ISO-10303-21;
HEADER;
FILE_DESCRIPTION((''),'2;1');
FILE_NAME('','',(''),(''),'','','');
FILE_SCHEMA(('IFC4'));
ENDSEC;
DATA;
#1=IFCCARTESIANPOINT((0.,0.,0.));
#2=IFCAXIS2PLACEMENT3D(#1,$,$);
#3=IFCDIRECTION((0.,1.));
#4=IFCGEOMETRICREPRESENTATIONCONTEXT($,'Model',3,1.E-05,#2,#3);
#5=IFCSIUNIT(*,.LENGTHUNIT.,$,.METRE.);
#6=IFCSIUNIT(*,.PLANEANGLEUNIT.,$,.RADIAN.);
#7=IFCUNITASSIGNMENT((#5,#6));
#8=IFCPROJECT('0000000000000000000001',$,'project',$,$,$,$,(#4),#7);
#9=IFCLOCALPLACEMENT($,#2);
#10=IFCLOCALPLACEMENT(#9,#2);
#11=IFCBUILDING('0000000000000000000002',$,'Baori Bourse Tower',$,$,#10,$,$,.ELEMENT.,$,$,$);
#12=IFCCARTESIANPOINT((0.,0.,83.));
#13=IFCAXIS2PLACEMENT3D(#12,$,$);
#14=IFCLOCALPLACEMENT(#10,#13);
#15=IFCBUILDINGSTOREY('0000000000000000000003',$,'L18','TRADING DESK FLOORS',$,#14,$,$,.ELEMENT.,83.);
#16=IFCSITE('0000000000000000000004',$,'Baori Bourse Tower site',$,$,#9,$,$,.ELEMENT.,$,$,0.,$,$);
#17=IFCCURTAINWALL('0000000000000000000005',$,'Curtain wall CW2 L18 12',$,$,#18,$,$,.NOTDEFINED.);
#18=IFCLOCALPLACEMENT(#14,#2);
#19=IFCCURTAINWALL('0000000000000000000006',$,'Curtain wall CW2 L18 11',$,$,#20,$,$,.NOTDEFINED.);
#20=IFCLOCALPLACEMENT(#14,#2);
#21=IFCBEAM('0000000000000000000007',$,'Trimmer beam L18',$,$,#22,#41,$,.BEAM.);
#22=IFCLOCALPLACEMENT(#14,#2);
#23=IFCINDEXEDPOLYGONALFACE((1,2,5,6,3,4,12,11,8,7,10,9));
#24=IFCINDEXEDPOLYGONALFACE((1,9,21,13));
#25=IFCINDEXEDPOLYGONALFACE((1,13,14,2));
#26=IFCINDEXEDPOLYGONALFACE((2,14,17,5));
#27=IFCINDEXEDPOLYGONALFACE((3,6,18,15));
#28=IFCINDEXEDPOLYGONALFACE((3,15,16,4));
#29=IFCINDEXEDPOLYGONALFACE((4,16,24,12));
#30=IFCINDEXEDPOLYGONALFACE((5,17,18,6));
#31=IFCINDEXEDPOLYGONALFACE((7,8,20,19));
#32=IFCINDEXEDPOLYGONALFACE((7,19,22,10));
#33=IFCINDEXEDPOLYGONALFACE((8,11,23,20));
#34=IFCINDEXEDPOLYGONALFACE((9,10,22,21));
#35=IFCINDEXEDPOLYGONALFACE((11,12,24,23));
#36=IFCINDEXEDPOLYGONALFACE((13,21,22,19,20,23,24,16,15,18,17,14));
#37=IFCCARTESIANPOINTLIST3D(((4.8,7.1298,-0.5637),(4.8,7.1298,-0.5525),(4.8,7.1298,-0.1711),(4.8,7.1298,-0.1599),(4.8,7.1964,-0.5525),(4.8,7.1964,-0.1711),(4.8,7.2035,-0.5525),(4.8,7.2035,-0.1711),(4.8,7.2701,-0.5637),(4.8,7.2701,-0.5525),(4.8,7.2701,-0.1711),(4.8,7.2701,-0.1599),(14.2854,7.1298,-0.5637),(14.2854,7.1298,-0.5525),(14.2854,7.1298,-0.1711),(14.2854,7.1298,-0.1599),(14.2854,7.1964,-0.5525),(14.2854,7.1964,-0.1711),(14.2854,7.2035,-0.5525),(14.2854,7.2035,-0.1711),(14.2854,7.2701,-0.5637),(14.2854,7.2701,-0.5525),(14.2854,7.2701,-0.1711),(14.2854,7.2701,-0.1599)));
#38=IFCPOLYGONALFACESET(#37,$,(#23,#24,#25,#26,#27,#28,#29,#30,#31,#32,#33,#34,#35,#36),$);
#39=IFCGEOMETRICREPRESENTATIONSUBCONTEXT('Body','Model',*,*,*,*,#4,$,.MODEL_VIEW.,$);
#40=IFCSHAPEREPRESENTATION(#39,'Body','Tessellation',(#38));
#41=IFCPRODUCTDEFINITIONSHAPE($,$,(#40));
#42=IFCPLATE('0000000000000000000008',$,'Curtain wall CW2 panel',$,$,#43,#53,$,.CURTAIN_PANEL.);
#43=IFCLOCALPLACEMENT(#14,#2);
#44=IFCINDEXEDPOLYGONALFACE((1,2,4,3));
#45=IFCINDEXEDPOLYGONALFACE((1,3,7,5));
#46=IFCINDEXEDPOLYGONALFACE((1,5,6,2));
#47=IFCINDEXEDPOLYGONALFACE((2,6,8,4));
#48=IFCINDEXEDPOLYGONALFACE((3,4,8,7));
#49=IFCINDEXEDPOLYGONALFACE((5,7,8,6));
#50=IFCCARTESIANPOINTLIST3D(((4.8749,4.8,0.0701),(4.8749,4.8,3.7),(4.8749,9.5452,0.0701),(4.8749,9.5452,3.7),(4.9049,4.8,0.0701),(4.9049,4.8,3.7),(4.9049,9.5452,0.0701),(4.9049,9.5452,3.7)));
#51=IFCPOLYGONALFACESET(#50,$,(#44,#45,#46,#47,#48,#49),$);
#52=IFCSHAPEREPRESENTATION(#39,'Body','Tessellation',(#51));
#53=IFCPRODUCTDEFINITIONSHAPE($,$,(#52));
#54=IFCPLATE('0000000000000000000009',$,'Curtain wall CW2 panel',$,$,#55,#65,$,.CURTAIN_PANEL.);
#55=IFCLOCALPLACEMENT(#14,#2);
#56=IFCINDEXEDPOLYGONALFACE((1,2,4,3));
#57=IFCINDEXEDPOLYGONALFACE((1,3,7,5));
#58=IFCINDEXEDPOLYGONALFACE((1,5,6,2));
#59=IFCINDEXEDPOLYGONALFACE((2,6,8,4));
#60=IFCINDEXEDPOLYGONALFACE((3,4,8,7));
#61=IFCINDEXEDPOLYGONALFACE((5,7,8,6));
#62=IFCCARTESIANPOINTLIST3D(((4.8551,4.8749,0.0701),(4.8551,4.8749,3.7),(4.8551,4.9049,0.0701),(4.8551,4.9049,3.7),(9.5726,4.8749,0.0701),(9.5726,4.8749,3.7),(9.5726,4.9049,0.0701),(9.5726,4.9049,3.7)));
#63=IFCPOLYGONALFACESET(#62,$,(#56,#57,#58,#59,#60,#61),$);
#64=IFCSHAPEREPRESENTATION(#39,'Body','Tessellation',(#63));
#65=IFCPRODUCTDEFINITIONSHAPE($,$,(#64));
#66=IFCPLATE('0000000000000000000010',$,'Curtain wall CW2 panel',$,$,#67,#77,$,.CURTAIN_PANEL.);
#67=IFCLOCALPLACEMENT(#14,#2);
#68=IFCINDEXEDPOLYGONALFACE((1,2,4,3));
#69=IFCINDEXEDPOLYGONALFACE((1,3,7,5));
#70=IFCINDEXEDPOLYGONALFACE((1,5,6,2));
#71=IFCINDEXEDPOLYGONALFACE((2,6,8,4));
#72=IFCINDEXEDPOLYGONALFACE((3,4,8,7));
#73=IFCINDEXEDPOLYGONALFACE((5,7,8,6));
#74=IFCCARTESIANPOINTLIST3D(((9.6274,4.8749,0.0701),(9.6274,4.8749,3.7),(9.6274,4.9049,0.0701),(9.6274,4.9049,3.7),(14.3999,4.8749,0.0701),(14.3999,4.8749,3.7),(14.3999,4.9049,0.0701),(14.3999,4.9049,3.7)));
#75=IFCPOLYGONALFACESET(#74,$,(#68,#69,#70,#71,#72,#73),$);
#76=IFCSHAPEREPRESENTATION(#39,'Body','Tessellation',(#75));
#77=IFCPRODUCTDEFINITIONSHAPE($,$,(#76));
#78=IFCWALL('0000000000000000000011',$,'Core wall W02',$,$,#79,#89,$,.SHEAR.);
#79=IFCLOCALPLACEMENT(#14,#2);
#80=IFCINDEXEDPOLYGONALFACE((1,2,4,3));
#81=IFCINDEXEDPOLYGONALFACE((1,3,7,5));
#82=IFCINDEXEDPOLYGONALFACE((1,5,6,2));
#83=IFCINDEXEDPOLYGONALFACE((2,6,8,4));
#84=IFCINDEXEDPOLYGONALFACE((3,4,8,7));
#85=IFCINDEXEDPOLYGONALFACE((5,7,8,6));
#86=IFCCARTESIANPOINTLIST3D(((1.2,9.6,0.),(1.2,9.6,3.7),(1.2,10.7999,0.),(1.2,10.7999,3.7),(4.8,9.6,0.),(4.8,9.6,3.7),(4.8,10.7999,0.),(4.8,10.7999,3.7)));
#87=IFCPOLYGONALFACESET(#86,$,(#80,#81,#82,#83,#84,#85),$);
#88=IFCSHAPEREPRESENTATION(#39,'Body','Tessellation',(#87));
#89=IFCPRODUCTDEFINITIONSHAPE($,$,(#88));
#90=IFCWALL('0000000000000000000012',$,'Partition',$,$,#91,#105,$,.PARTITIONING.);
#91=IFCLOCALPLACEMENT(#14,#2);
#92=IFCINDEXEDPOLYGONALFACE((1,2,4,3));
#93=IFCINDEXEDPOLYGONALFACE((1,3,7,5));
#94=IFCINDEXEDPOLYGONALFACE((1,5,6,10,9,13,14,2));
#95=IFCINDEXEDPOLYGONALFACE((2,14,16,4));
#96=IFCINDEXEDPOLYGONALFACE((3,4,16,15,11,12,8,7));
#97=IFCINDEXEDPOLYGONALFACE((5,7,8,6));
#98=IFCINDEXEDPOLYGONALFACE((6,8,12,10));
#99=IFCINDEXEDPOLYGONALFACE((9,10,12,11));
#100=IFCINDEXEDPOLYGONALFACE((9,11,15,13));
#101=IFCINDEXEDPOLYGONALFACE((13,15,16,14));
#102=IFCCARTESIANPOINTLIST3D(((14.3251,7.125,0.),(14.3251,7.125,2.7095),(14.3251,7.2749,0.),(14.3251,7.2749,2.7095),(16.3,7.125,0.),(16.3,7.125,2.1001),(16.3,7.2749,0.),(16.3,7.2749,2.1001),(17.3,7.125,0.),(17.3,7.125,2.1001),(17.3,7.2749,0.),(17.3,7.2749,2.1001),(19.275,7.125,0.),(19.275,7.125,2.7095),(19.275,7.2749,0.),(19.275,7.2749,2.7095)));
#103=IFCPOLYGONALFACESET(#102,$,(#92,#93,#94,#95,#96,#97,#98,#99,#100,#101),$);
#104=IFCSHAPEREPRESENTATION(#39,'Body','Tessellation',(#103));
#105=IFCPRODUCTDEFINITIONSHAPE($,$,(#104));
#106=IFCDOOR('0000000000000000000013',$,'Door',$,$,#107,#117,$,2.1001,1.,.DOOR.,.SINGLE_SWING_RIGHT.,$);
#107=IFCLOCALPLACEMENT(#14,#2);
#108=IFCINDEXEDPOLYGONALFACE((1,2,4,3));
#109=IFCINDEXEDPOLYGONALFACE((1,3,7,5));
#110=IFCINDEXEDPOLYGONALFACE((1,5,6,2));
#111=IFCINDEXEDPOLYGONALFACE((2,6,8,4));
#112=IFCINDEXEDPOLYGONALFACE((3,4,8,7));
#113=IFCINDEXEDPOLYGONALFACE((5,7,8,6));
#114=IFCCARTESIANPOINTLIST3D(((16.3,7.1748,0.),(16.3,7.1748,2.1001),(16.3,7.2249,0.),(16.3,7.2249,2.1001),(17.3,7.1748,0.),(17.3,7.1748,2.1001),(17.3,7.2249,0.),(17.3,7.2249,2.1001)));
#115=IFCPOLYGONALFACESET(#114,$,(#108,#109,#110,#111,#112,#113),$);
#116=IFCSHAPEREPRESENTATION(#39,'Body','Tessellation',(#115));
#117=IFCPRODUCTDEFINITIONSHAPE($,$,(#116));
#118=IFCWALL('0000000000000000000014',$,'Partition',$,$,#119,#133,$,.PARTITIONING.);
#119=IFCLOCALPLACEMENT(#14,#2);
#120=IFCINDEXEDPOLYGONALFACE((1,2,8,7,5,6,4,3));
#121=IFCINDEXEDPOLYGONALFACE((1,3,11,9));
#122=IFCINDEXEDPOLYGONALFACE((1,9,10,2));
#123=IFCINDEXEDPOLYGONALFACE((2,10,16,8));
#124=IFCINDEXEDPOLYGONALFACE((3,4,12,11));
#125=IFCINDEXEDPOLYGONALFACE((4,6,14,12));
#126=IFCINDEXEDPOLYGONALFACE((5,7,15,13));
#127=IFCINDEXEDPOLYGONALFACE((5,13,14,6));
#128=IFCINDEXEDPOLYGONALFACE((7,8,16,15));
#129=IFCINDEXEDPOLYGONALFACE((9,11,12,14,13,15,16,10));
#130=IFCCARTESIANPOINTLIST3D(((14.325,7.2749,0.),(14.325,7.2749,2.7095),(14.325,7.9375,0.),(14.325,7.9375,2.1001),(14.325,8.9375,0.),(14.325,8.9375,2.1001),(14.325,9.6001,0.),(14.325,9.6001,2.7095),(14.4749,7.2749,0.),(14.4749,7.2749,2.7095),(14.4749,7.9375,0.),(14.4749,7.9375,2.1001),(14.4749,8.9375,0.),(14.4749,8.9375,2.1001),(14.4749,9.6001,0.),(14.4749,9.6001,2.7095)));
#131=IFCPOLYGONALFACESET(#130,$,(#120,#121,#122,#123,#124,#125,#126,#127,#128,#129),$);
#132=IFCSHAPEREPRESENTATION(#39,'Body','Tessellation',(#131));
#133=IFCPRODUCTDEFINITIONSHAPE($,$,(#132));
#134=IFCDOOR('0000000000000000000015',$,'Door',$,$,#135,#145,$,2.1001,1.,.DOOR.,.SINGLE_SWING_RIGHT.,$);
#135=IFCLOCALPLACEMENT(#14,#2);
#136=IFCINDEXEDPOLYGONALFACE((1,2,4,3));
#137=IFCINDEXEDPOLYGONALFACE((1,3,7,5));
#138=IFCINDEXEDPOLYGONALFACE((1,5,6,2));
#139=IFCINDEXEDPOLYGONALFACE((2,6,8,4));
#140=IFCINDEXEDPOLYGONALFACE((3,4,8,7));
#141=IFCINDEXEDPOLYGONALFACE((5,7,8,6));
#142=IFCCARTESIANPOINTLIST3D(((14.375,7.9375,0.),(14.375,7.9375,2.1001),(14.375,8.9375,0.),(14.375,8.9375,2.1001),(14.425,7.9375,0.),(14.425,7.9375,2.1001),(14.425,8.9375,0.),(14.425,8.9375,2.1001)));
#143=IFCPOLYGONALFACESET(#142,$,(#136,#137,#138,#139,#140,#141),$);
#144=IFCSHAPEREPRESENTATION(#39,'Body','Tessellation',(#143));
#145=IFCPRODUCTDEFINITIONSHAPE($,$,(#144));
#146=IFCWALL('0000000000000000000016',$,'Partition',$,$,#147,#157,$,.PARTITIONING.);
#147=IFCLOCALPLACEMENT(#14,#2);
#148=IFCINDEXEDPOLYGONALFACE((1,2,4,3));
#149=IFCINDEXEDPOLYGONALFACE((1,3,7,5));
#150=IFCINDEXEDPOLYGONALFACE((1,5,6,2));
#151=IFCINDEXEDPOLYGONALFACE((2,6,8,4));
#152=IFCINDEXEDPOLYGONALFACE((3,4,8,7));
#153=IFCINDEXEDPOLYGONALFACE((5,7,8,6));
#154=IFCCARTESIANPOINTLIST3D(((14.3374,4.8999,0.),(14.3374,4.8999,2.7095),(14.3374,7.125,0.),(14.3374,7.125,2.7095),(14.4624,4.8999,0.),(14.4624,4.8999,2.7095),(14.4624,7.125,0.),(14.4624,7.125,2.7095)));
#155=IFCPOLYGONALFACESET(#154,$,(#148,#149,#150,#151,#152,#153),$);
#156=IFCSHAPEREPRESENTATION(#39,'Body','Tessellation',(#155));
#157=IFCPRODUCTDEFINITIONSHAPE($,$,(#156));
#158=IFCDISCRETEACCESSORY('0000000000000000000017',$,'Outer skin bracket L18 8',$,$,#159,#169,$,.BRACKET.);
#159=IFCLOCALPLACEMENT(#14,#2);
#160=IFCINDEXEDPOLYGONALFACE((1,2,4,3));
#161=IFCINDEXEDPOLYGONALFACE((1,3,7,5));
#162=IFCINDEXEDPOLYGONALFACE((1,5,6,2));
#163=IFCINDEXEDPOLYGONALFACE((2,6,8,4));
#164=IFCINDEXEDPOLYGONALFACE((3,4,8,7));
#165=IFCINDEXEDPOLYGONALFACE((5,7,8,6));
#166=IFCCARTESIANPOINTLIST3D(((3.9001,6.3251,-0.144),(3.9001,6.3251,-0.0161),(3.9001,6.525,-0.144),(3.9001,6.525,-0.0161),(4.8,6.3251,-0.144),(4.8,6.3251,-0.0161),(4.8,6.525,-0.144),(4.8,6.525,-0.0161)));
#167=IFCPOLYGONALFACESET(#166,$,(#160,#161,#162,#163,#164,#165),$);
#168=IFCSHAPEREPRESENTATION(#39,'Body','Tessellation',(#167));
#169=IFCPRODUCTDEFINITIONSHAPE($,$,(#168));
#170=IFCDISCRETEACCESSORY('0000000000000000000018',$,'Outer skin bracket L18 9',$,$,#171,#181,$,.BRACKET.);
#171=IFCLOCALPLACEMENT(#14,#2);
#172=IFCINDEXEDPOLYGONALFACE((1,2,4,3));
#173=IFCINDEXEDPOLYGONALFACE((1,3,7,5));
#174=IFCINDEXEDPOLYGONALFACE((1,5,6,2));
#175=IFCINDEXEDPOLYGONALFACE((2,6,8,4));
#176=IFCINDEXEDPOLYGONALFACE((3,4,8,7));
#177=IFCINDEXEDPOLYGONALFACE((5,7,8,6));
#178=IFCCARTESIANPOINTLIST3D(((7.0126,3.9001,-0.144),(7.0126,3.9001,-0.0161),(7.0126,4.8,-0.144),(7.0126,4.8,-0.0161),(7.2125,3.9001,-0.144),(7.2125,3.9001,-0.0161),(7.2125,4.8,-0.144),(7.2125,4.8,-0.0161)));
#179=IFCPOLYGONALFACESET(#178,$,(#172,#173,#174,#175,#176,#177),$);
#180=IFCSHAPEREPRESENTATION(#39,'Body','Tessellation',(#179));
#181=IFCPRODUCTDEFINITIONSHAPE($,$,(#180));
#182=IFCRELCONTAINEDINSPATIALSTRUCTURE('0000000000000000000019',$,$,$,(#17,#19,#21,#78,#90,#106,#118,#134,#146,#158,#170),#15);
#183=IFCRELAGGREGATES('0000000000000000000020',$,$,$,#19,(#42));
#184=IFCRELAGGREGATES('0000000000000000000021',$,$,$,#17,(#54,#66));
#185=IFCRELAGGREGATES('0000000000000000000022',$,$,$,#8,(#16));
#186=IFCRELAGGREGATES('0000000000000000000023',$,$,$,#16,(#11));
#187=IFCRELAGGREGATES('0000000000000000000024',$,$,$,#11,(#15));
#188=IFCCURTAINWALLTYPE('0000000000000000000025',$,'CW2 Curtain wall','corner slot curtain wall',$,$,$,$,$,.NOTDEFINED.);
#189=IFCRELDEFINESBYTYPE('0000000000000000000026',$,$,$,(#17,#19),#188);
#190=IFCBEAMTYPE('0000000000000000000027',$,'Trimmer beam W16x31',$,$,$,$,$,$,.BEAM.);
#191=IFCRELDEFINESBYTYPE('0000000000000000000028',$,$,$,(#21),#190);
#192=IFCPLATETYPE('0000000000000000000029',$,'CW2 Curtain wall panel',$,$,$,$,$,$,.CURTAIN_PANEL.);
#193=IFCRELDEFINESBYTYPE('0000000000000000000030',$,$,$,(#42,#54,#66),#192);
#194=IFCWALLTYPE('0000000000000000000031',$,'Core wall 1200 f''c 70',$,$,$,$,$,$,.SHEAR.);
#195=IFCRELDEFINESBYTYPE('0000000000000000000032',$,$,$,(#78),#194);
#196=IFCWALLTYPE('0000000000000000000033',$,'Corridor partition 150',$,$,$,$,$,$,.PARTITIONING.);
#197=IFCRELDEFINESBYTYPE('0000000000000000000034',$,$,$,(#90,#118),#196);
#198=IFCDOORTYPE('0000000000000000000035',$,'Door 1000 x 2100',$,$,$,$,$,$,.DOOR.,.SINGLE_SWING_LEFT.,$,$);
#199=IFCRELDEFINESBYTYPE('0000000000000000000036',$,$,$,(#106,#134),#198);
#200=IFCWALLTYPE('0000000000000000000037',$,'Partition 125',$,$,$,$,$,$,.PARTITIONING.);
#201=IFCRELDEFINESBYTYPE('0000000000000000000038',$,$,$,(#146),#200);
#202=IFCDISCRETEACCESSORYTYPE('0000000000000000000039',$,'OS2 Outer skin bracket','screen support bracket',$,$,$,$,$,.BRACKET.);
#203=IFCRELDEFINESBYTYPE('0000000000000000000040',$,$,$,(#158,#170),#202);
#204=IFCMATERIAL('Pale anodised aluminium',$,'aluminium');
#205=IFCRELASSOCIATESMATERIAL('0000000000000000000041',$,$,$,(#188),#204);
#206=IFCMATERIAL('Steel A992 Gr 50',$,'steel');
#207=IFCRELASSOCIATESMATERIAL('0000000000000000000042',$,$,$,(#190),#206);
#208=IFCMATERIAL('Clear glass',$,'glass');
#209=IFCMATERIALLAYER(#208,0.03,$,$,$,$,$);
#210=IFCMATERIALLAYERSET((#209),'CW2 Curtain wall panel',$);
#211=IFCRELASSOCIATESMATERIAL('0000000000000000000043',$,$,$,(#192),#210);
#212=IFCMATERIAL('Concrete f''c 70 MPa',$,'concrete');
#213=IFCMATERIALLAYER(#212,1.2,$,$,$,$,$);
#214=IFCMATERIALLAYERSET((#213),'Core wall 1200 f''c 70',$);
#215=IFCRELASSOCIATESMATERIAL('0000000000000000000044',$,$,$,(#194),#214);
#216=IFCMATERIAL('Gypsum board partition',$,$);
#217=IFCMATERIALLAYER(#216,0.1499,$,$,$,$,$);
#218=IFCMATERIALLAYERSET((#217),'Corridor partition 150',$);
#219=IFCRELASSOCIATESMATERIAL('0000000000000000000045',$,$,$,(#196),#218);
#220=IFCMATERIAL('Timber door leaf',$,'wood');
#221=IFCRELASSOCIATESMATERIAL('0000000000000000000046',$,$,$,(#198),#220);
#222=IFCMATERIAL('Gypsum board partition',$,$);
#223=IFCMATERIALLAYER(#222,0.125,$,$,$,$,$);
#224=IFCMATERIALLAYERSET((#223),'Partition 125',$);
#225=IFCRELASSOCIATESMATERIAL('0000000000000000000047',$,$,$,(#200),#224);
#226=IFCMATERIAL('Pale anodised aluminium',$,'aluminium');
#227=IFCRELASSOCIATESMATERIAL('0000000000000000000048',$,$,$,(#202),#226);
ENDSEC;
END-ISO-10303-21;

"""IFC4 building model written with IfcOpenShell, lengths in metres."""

from ifc_helpers import new_model, si_unit, direction, frame, frame_2d, origin, origin_2d, place, context, subcontext, project, spatial, rectangle, i_section, extrude, material, layer, layer_set, material_profile, profile_set, type_object, element, fill, aggregate, save


model = new_model("IFC4")

# Units and contexts
model_context = context("Model", 3, precision=1e-05, world=origin(), true_north=direction((0.0, 1.0)))
body_context = subcontext(model_context, "Body", "Model", "MODEL_VIEW")
ifc_project = project(units=[si_unit("LENGTHUNIT", "METRE"), si_unit("PLANEANGLEUNIT", "RADIAN")], contexts=[model_context])

# Site, building, storey
site_placement = place(None, origin())
site = spatial("IfcSite", under=ifc_project, at=site_placement, Name="Baori Bourse Tower site", CompositionType="ELEMENT", RefElevation=0.0)
building_placement = place(site_placement, origin())
building = spatial("IfcBuilding", under=site, at=building_placement, Name="Baori Bourse Tower", CompositionType="ELEMENT")
storey_placement = place(building_placement, frame((0.0, 0.0, 83.0)))
storey = spatial("IfcBuildingStorey", under=building, at=storey_placement, Name="L18", Description="TRADING DESK FLOORS", CompositionType="ELEMENT", Elevation=83.0)

# Curtain wall
ifc_material_1 = material(Name="Pale anodised aluminium", Category="aluminium")
curtain_wall_type = type_object("IfcCurtainWallType", Name="CW2 Curtain wall", Description="corner slot curtain wall", PredefinedType="NOTDEFINED", material=ifc_material_1)
curtain_wall_1_placement = place(storey_placement, origin())
curtain_wall_1 = element("IfcCurtainWall", 1, at=curtain_wall_1_placement, inside=storey, type_object=curtain_wall_type, Name="Curtain wall CW2 L18 12", PredefinedType="NOTDEFINED")

# Curtain wall
curtain_wall_2_placement = place(storey_placement, origin())
curtain_wall_2 = element("IfcCurtainWall", 2, at=curtain_wall_2_placement, inside=storey, type_object=curtain_wall_type, Name="Curtain wall CW2 L18 11", PredefinedType="NOTDEFINED")

# Beam
ifc_material_2 = material(Name="Steel A992 Gr 50", Category="steel")
ifc_material_profile_1 = material_profile(ifc_material_2, i_section(OverallWidth=0.1404, OverallDepth=0.4038, WebThickness=0.0071, FlangeThickness=0.0112, at=origin_2d()), Name="W16x31")
ifc_profile_set_1 = profile_set([ifc_material_profile_1], Name="Steel A992 Gr 50")
beam_type_1 = type_object("IfcBeamType", Name="Trimmer beam W16x31", PredefinedType="BEAM", material=ifc_profile_set_1)
beam_1_placement = place(storey_placement, frame((4.8, 7.2, -0.3618), z_axis=(1.0, 0.0, 0.0), x_axis=(0.0, 1.0, 0.0)))
element("IfcBeam", 3, at=beam_1_placement, inside=storey, type_object=beam_type_1, Name="Trimmer beam L18", PredefinedType="BEAM", context=body_context, shape_type="SweptSolid", body=[
    extrude(i_section(OverallWidth=0.1404, OverallDepth=0.4038, WebThickness=0.0071, FlangeThickness=0.0112, at=origin_2d()), origin(), (0.0, 0.0, 1.0), 9.4854),
])

# Plates
ifc_material_3 = material(Name="Clear glass", Category="glass")
ifc_layer_1 = layer(ifc_material_3, 0.03)
ifc_layer_set_1 = layer_set([ifc_layer_1], Name="CW2 Curtain wall panel")
plate_type = type_object("IfcPlateType", Name="CW2 Curtain wall panel", PredefinedType="CURTAIN_PANEL", material=ifc_layer_set_1)
plate_1_placement = place(storey_placement, frame((4.8899, 7.1726, 0.0701), z_axis=(0.0, 0.0, 1.0), x_axis=(0.0, -1.0, 0.0)))
plate_1 = element("IfcPlate", 4, at=plate_1_placement, type_object=plate_type, Name="Curtain wall CW2 panel", PredefinedType="CURTAIN_PANEL", context=body_context, shape_type="SweptSolid", body=[
    extrude(rectangle(XDim=4.7451, YDim=0.03, at=origin_2d()), origin(), (0.0, 0.0, 1.0), 3.6299),
])
aggregate(curtain_wall_2, [plate_1])
plate_2_placement = place(storey_placement, frame((7.2139, 4.8899, 0.0701), z_axis=(0.0, 0.0, 1.0), x_axis=(1.0, 0.0, 0.0)))
plate_2 = element("IfcPlate", 5, at=plate_2_placement, type_object=plate_type, Name="Curtain wall CW2 panel", PredefinedType="CURTAIN_PANEL", context=body_context, shape_type="SweptSolid", body=[
    extrude(rectangle(XDim=4.7175, YDim=0.03, at=origin_2d()), origin(), (0.0, 0.0, 1.0), 3.6299),
])
plate_3_placement = place(storey_placement, frame((12.0137, 4.8899, 0.0701), z_axis=(0.0, 0.0, 1.0), x_axis=(1.0, 0.0, 0.0)))
plate_3 = element("IfcPlate", 6, at=plate_3_placement, type_object=plate_type, Name="Curtain wall CW2 panel", PredefinedType="CURTAIN_PANEL", context=body_context, shape_type="SweptSolid", body=[
    extrude(rectangle(XDim=4.7725, YDim=0.03, at=origin_2d()), origin(), (0.0, 0.0, 1.0), 3.6299),
])
aggregate(curtain_wall_1, [plate_2, plate_3])

# Wall
ifc_material_4 = material(Name="Concrete f'c 70 MPa", Category="concrete")
ifc_layer_2 = layer(ifc_material_4, 1.2)
ifc_layer_set_2 = layer_set([ifc_layer_2], Name="Core wall 1200 f'c 70")
wall_type_1 = type_object("IfcWallType", Name="Core wall 1200 f'c 70", PredefinedType="SHEAR", material=ifc_layer_set_2)
wall_1_placement = place(storey_placement, frame((4.8, 10.2, 0.0), z_axis=(0.0, 0.0, 1.0), x_axis=(-1.0, 0.0, 0.0)))
element("IfcWall", 7, at=wall_1_placement, inside=storey, type_object=wall_type_1, Name="Core wall W02", PredefinedType="SHEAR", context=body_context, shape_type="SweptSolid", body=[
    extrude(rectangle(XDim=3.6001, YDim=1.2, at=frame_2d((1.8, 0.0))), origin(), (0.0, 0.0, 1.0), 3.7),
])

# Walls, openings, doors
ifc_material_5 = material(Name="Gypsum board partition")
ifc_layer_3 = layer(ifc_material_5, 0.1499)
ifc_layer_set_3 = layer_set([ifc_layer_3], Name="Corridor partition 150")
wall_type_2 = type_object("IfcWallType", Name="Corridor partition 150", PredefinedType="PARTITIONING", material=ifc_layer_set_3)
wall_2_placement = place(storey_placement, frame((14.325, 7.2, 0.0), z_axis=(0.0, 0.0, 1.0), x_axis=(1.0, 0.0, 0.0)))
wall_2 = element("IfcWall", 8, at=wall_2_placement, inside=storey, type_object=wall_type_2, Name="Partition", PredefinedType="PARTITIONING", context=body_context, shape_type="SweptSolid", body=[
    extrude(rectangle(XDim=4.95, YDim=0.1499, at=frame_2d((2.4751, 0.0))), origin(), (0.0, 0.0, 1.0), 2.7095),
])
opening_1_placement = place(wall_2_placement, frame((1.9751, 0.0, 0.0)))
opening_1 = element("IfcOpeningElement", 9, at=opening_1_placement, cuts=wall_2, PredefinedType="OPENING", context=body_context, shape_type="SweptSolid", body=[
    extrude(rectangle(XDim=1.0, YDim=2.1001, at=frame_2d((0.5, 1.05))), frame((0.0, 0.085, 0.0), z_axis=(0.0, -1.0, 0.0), x_axis=(1.0, 0.0, 0.0)), (0.0, 0.0, 1.0), 0.1699),
])
ifc_material_6 = material(Name="Timber door leaf", Category="wood")
door_type = type_object("IfcDoorType", Name="Door 1000 x 2100", OperationType="SINGLE_SWING_LEFT", PredefinedType="DOOR", material=ifc_material_6)
door_1_placement = place(opening_1_placement, origin())
door_1 = element("IfcDoor", 10, at=door_1_placement, inside=storey, type_object=door_type, Name="Door", OperationType="SINGLE_SWING_RIGHT", OverallHeight=2.1001, OverallWidth=1.0, PredefinedType="DOOR", context=body_context, shape_type="SweptSolid", body=[
    extrude(rectangle(XDim=1.0, YDim=2.1001, at=frame_2d((0.5, 1.05))), frame((0.0, 0.0249, 0.0), z_axis=(0.0, -1.0, 0.0), x_axis=(1.0, 0.0, 0.0)), (0.0, 0.0, 1.0), 0.05),
])
fill(opening_1, door_1)
wall_3_placement = place(storey_placement, frame((14.3999, 7.2749, 0.0), z_axis=(0.0, 0.0, 1.0), x_axis=(0.0, 1.0, 0.0)))
wall_3 = element("IfcWall", 11, at=wall_3_placement, inside=storey, type_object=wall_type_2, Name="Partition", PredefinedType="PARTITIONING", context=body_context, shape_type="SweptSolid", body=[
    extrude(rectangle(XDim=2.3252, YDim=0.1499, at=frame_2d((1.1626, 0.0))), origin(), (0.0, 0.0, 1.0), 2.7095),
])
opening_2_placement = place(wall_3_placement, frame((0.6626, 0.0, 0.0)))
opening_2 = element("IfcOpeningElement", 12, at=opening_2_placement, cuts=wall_3, PredefinedType="OPENING", context=body_context, shape_type="SweptSolid", body=[
    extrude(rectangle(XDim=1.0, YDim=2.1001, at=frame_2d((0.5, 1.05))), frame((0.0, 0.085, 0.0), z_axis=(0.0, -1.0, 0.0), x_axis=(1.0, 0.0, 0.0)), (0.0, 0.0, 1.0), 0.1699),
])
door_2_placement = place(opening_2_placement, origin())
door_2 = element("IfcDoor", 13, at=door_2_placement, inside=storey, type_object=door_type, Name="Door", OperationType="SINGLE_SWING_RIGHT", OverallHeight=2.1001, OverallWidth=1.0, PredefinedType="DOOR", context=body_context, shape_type="SweptSolid", body=[
    extrude(rectangle(XDim=1.0, YDim=2.1001, at=frame_2d((0.5, 1.05))), frame((0.0, 0.0249, 0.0), z_axis=(0.0, -1.0, 0.0), x_axis=(1.0, 0.0, 0.0)), (0.0, 0.0, 1.0), 0.05),
])
fill(opening_2, door_2)

# Wall
ifc_material_7 = material(Name="Gypsum board partition")
ifc_layer_4 = layer(ifc_material_7, 0.125)
ifc_layer_set_4 = layer_set([ifc_layer_4], Name="Partition 125")
wall_type_3 = type_object("IfcWallType", Name="Partition 125", PredefinedType="PARTITIONING", material=ifc_layer_set_4)
wall_4_placement = place(storey_placement, frame((14.3999, 4.8999, 0.0), z_axis=(0.0, 0.0, 1.0), x_axis=(0.0, 1.0, 0.0)))
element("IfcWall", 14, at=wall_4_placement, inside=storey, type_object=wall_type_3, Name="Partition", PredefinedType="PARTITIONING", context=body_context, shape_type="SweptSolid", body=[
    extrude(rectangle(XDim=2.2251, YDim=0.125, at=frame_2d((1.1125, 0.0))), origin(), (0.0, 0.0, 1.0), 2.7095),
])

# Discrete accessories
ifc_material_8 = material(Name="Pale anodised aluminium", Category="aluminium")
discrete_accessory_type = type_object("IfcDiscreteAccessoryType", Name="OS2 Outer skin bracket", Description="screen support bracket", PredefinedType="BRACKET", material=ifc_material_8)
for number, where, z_axis, x_axis, name in (
    (15, (4.3501, 6.425, -0.144), (0.0, 0.0, 1.0), (0.0, -1.0, 0.0), "Outer skin bracket L18 8"),
    (16, (7.1125, 4.3501, -0.144), (0.0, 0.0, 1.0), (1.0, 0.0, 0.0), "Outer skin bracket L18 9"),
):
    element("IfcDiscreteAccessory", number, at=place(storey_placement, frame(where, z_axis=z_axis, x_axis=x_axis)), inside=storey, type_object=discrete_accessory_type, Name=name, PredefinedType="BRACKET", context=body_context, shape_type="SweptSolid", body=[
        extrude(rectangle(XDim=0.2, YDim=0.8999, at=origin_2d()), origin(), (0.0, 0.0, 1.0), 0.1279),
    ])

save(model, "model.ifc")
